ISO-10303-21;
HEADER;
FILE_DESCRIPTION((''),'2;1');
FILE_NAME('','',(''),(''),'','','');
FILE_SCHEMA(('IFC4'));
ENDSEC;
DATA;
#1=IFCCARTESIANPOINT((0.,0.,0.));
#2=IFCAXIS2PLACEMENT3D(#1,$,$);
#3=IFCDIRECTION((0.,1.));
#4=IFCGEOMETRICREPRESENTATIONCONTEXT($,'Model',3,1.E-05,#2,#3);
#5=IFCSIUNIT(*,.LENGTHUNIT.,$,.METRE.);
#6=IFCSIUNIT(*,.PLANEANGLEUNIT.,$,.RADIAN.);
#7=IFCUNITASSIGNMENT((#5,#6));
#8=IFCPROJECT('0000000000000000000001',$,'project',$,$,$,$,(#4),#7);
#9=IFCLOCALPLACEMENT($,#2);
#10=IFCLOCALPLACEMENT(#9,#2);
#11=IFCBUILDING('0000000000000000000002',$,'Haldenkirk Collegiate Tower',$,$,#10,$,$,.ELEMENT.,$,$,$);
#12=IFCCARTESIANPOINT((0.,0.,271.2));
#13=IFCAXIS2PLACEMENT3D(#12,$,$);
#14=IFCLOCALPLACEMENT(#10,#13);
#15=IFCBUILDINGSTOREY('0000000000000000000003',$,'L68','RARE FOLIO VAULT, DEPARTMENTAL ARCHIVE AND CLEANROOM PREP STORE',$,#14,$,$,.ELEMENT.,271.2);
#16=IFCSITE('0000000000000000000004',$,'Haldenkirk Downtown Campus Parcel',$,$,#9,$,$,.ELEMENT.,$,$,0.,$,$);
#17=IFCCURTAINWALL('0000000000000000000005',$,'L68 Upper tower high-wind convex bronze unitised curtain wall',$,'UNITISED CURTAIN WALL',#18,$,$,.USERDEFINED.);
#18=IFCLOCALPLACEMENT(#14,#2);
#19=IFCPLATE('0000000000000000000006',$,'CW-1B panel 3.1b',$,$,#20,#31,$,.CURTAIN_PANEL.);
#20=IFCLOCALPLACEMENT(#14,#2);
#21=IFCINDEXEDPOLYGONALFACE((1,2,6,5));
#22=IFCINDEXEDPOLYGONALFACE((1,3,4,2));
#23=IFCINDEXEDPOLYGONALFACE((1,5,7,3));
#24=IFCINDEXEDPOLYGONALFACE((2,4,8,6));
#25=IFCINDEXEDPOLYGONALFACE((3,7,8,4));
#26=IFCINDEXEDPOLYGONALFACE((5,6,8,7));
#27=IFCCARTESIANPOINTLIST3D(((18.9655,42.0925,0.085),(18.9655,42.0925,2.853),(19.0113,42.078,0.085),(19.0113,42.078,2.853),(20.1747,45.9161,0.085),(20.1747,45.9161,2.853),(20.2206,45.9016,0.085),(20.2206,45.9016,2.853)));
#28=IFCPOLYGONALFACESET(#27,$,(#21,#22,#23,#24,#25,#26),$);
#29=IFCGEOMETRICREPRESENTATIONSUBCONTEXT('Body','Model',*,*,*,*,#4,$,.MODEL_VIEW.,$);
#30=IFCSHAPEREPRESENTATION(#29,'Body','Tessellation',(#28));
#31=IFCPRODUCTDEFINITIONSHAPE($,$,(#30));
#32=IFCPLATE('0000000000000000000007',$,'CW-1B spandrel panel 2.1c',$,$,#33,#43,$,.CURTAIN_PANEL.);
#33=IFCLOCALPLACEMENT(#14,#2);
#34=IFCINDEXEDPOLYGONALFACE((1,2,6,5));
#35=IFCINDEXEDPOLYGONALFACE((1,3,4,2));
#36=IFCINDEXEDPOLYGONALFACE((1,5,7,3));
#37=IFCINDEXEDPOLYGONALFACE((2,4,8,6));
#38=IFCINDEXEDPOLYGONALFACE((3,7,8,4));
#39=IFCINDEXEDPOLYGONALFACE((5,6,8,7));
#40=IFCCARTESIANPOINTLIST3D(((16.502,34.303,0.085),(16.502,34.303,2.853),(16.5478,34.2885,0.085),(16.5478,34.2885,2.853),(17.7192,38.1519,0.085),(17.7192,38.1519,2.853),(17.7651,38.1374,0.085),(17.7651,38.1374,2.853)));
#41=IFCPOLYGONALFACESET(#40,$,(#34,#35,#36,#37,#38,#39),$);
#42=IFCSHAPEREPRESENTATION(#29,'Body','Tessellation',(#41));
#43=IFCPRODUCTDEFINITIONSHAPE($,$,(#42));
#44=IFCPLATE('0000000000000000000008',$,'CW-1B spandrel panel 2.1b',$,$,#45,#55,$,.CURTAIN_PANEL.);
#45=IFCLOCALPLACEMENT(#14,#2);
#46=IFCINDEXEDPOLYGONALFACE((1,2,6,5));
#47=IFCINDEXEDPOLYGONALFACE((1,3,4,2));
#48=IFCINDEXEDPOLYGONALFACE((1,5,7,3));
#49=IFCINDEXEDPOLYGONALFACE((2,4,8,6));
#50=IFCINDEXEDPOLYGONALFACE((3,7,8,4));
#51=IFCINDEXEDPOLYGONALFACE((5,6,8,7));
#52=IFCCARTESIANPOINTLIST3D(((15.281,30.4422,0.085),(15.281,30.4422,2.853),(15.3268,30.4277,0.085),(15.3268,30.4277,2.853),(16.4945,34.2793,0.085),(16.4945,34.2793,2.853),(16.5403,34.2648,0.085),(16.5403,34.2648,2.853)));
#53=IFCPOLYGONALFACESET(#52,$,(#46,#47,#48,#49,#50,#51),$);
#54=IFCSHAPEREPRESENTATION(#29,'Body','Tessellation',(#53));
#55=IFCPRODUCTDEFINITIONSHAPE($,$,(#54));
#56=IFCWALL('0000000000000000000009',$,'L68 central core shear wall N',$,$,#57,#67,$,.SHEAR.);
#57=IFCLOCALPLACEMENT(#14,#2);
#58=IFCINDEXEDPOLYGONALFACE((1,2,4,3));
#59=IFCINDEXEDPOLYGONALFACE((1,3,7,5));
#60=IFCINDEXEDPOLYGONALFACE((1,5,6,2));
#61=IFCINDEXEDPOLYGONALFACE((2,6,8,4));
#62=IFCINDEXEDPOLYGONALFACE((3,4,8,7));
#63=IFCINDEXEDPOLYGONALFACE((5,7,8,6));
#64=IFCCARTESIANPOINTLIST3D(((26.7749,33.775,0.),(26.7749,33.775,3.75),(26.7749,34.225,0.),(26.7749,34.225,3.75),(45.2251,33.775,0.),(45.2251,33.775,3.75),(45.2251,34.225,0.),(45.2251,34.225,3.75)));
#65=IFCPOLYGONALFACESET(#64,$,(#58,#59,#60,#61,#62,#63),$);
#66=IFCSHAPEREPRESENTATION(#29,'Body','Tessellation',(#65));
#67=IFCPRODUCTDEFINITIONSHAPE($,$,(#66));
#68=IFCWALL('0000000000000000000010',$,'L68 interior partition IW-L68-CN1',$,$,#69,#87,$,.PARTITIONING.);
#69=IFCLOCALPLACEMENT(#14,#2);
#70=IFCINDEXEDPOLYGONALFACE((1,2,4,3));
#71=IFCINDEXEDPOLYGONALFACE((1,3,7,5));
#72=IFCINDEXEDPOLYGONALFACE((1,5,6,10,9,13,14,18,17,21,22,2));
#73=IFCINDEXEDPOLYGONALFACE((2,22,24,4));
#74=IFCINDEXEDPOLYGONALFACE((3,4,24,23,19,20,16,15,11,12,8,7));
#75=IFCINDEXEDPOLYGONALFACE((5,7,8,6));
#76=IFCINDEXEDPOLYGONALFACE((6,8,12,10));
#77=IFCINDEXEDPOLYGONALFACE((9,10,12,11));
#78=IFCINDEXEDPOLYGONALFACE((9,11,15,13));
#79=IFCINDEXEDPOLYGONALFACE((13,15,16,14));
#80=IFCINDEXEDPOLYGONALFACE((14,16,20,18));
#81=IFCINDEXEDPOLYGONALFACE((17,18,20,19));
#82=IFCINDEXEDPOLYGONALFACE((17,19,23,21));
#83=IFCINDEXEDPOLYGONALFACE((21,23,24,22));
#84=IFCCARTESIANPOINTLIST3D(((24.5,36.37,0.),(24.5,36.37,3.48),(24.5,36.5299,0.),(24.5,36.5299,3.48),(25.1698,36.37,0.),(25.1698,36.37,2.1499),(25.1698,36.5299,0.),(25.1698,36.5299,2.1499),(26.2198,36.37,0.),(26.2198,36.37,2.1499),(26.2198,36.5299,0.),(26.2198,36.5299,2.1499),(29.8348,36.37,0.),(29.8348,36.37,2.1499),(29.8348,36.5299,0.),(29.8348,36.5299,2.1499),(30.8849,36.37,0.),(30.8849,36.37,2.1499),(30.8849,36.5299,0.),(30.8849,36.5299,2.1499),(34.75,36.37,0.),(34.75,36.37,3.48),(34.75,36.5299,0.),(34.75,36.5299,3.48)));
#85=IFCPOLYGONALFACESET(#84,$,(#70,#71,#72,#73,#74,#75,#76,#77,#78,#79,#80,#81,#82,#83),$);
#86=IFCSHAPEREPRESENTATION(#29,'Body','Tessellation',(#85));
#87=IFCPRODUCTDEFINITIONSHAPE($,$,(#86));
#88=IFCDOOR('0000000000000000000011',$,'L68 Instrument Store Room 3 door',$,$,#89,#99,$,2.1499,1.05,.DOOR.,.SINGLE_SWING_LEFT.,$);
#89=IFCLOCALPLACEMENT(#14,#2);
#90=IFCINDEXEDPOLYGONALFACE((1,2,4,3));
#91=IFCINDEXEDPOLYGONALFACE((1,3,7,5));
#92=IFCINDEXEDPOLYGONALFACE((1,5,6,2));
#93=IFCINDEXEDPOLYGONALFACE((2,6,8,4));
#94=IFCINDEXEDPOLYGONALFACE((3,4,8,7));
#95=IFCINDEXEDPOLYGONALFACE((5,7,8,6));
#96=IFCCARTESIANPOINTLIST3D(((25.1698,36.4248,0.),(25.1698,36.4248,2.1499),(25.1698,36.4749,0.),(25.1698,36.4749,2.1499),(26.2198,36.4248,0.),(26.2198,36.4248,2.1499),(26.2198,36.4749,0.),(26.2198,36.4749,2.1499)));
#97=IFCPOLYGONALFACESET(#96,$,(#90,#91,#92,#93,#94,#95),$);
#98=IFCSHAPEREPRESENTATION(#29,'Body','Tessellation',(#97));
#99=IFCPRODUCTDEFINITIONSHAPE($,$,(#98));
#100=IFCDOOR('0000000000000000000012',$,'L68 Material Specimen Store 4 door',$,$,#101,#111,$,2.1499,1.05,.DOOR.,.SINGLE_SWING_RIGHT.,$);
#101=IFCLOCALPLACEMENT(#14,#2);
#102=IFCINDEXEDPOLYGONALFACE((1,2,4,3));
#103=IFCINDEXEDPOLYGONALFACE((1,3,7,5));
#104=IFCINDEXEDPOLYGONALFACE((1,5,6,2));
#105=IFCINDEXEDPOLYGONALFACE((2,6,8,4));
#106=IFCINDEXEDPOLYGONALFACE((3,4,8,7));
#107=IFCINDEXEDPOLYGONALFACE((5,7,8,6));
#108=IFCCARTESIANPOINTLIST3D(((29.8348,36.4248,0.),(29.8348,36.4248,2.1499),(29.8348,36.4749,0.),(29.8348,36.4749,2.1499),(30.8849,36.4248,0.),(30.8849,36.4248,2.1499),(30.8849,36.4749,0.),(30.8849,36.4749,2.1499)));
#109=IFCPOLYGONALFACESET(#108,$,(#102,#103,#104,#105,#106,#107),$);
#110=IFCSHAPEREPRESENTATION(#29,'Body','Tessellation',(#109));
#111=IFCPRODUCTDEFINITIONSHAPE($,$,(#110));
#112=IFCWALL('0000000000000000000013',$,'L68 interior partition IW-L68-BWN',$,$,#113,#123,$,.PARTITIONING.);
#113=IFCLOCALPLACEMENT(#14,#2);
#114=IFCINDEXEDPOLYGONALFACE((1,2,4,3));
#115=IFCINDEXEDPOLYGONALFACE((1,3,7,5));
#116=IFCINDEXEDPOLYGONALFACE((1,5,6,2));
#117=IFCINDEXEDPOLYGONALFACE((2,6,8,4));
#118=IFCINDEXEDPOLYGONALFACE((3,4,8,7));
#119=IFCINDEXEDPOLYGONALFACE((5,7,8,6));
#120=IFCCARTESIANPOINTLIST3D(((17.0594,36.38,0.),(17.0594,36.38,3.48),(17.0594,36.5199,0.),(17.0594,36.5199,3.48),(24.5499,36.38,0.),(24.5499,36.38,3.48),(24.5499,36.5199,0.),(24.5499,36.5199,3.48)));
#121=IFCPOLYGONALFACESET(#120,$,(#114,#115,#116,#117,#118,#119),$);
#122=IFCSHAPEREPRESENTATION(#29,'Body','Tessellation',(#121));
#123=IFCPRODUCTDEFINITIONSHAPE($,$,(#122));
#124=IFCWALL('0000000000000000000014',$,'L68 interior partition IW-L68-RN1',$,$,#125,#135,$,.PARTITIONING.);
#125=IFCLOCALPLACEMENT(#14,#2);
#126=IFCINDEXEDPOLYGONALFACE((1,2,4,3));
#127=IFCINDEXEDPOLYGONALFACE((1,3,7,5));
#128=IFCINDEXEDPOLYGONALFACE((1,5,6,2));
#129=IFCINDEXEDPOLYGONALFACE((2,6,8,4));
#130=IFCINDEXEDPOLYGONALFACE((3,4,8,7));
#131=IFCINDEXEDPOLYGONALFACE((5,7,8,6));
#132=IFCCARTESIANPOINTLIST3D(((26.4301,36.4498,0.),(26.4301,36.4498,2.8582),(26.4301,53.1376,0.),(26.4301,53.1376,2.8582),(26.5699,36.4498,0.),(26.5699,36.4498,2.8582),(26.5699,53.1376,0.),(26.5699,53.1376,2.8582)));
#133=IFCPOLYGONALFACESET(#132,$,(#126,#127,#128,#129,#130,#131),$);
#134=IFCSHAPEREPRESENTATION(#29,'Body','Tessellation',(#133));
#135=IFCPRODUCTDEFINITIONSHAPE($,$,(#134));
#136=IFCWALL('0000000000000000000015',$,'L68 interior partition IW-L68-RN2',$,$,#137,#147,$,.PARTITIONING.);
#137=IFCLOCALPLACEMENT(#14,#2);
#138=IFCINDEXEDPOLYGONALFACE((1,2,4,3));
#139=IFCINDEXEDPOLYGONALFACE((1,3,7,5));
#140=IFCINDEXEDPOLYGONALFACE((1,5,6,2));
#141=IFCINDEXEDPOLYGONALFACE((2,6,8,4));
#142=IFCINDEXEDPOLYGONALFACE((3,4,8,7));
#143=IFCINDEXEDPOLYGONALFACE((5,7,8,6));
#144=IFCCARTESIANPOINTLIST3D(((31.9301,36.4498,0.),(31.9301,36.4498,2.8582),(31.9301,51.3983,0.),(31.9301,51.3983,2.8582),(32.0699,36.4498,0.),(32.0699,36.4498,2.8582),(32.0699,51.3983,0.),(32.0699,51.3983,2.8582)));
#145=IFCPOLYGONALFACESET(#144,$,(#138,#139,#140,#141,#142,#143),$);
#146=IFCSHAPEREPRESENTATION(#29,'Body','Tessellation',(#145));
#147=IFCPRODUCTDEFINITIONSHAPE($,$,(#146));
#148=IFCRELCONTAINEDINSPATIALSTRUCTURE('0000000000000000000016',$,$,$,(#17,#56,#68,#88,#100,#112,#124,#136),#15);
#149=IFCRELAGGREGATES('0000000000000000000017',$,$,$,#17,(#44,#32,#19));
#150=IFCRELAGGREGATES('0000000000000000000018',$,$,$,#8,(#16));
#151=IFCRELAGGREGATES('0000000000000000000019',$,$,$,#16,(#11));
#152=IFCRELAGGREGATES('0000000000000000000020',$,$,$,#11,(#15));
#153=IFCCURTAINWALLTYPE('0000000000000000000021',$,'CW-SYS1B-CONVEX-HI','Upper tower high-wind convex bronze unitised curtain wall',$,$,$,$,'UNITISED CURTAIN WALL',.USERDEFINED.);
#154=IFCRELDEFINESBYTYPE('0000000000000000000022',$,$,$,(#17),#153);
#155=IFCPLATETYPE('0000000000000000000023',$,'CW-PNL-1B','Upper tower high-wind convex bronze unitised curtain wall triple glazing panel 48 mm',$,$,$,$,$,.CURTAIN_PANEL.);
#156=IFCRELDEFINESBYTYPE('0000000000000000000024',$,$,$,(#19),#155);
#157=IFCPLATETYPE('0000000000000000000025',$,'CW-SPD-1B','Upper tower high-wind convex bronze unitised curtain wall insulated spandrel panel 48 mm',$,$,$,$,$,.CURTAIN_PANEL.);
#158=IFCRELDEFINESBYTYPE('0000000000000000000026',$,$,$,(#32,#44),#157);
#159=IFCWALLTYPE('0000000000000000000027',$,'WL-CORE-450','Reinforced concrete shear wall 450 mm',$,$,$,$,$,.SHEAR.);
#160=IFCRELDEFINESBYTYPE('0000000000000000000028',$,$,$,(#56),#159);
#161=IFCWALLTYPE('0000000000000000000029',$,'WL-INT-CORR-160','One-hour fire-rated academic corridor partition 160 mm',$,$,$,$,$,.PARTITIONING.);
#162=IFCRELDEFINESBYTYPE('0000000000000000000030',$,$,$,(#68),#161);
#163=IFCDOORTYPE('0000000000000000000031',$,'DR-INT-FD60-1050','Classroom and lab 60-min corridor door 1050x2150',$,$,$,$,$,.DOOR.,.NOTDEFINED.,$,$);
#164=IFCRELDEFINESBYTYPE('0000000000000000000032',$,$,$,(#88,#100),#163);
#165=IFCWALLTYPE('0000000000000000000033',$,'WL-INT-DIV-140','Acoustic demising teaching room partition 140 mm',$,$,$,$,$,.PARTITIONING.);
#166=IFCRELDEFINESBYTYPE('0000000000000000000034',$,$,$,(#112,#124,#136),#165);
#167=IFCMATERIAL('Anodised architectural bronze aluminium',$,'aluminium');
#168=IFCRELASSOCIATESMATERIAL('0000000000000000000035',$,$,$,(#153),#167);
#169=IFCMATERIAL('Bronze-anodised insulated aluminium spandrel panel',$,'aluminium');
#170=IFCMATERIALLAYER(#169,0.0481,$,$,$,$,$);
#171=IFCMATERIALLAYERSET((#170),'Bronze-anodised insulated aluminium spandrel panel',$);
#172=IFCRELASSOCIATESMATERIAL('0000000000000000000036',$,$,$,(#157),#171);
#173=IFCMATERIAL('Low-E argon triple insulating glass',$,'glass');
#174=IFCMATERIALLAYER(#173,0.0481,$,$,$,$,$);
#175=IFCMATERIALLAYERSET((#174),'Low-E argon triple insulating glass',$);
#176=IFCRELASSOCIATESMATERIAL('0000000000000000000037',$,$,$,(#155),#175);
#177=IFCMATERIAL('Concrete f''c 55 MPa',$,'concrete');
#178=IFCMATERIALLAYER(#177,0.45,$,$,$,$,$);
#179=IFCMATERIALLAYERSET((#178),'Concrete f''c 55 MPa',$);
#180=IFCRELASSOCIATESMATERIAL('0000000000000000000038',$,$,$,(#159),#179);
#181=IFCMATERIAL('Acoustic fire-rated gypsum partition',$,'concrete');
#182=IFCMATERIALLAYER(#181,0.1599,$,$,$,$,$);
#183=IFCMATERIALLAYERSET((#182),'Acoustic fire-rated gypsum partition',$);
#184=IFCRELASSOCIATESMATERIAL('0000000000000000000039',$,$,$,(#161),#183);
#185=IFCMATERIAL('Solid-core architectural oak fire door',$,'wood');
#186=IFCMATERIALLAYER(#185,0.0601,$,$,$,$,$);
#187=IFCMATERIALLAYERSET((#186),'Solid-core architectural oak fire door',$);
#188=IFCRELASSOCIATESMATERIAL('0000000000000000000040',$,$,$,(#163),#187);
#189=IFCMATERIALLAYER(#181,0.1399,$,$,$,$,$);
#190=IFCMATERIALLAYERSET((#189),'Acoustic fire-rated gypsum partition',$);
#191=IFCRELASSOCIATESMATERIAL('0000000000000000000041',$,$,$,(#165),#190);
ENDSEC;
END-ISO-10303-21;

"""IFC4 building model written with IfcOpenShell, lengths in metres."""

from ifc_helpers import new_model, si_unit, direction, frame, frame_2d, origin, origin_2d, place, context, subcontext, project, spatial, rectangle, extrude, source, transform, mapped, material, layer, layer_set, type_object, element, fill, aggregate, save


model = new_model("IFC4")

# Units and contexts
model_context = context("Model", 3, precision=1e-05, world=origin(), true_north=direction((0.0, 1.0)))
body_context = subcontext(model_context, "Body", "Model", "MODEL_VIEW")
ifc_project = project(units=[si_unit("LENGTHUNIT", "METRE"), si_unit("PLANEANGLEUNIT", "RADIAN")], contexts=[model_context])

# Site, building, storey
site_placement = place(None, origin())
site = spatial("IfcSite", under=ifc_project, at=site_placement, Name="Haldenkirk Downtown Campus Parcel", CompositionType="ELEMENT", RefElevation=0.0)
building_placement = place(site_placement, origin())
building = spatial("IfcBuilding", under=site, at=building_placement, Name="Haldenkirk Collegiate Tower", CompositionType="ELEMENT")
storey_placement = place(building_placement, frame((0.0, 0.0, 271.2)))
storey = spatial("IfcBuildingStorey", under=building, at=storey_placement, Name="L68", Description="RARE FOLIO VAULT, DEPARTMENTAL ARCHIVE AND CLEANROOM PREP STORE", CompositionType="ELEMENT", Elevation=271.2)

# Curtain wall, plates
ifc_material_1 = material(Name="Anodised architectural bronze aluminium", Category="aluminium")
curtain_wall_type = type_object("IfcCurtainWallType", Name="CW-SYS1B-CONVEX-HI", Description="Upper tower high-wind convex bronze unitised curtain wall", ElementType="UNITISED CURTAIN WALL", PredefinedType="USERDEFINED", material=ifc_material_1)
curtain_wall_placement = place(storey_placement, origin())
curtain_wall = element("IfcCurtainWall", 1, at=curtain_wall_placement, inside=storey, type_object=curtain_wall_type, Name="L68 Upper tower high-wind convex bronze unitised curtain wall", ObjectType="UNITISED CURTAIN WALL", PredefinedType="USERDEFINED")
ifc_material_2 = material(Name="Bronze-anodised insulated aluminium spandrel panel", Category="aluminium")
ifc_layer_1 = layer(ifc_material_2, 0.0481)
ifc_layer_set_1 = layer_set([ifc_layer_1], Name="Bronze-anodised insulated aluminium spandrel panel")
plate_type_1 = type_object("IfcPlateType", Name="CW-SPD-1B", Description="Upper tower high-wind convex bronze unitised curtain wall insulated spandrel panel 48 mm", PredefinedType="CURTAIN_PANEL", material=ifc_layer_set_1)
ifc_material_3 = material(Name="Low-E argon triple insulating glass", Category="glass")
ifc_layer_2 = layer(ifc_material_3, 0.0481)
ifc_layer_set_2 = layer_set([ifc_layer_2], Name="Low-E argon triple insulating glass")
plate_type_2 = type_object("IfcPlateType", Name="CW-PNL-1B", Description="Upper tower high-wind convex bronze unitised curtain wall triple glazing panel 48 mm", PredefinedType="CURTAIN_PANEL", material=ifc_layer_set_2)
shared_shape_1 = source(origin(), body_context, "Body", "SweptSolid", [
    extrude(rectangle(XDim=4.0103, YDim=0.0481, at=origin_2d()), origin(), (0.0, 0.0, 1.0), 2.7681),
])
plate_1_placement = place(storey_placement, frame((19.593, 43.9971, 0.085), z_axis=(0.0, 0.0, 1.0), x_axis=(0.301537, 0.953455, 0.0)))
plate_1 = element("IfcPlate", 2, at=plate_1_placement, type_object=plate_type_2, Name="CW-1B panel 3.1b", PredefinedType="CURTAIN_PANEL", context=body_context, shape_type="MappedRepresentation", body=[
    mapped(shared_shape_1, transform((0.0, 0.0, 0.0), x_axis=(1.0, 0.0, 0.0), y_axis=(0.0, 1.0, 0.0), z_axis=(0.0, 0.0, 1.0), scale=1.0)),
])
shared_shape_2 = source(origin(), body_context, "Body", "SweptSolid", [
    extrude(rectangle(XDim=4.0369, YDim=0.0481, at=origin_2d()), origin(), (0.0, 0.0, 1.0), 2.7681),
])
plate_2_placement = place(storey_placement, frame((17.1335, 36.2202, 0.085), z_axis=(0.0, 0.0, 1.0), x_axis=(0.301537, 0.953455, 0.0)))
plate_2 = element("IfcPlate", 3, at=plate_2_placement, type_object=plate_type_1, Name="CW-1B spandrel panel 2.1c", PredefinedType="CURTAIN_PANEL", context=body_context, shape_type="MappedRepresentation", body=[
    mapped(shared_shape_2, transform((0.0, 0.0, 0.0), x_axis=(1.0, 0.0, 0.0), y_axis=(0.0, 1.0, 0.0), z_axis=(0.0, 0.0, 1.0), scale=1.0)),
])
shared_shape_3 = source(origin(), body_context, "Body", "SweptSolid", [
    extrude(rectangle(XDim=4.0244, YDim=0.0481, at=origin_2d()), origin(), (0.0, 0.0, 1.0), 2.7681),
])
plate_3_placement = place(storey_placement, frame((15.9106, 32.3535, 0.085), z_axis=(0.0, 0.0, 1.0), x_axis=(0.301537, 0.953455, 0.0)))
plate_3 = element("IfcPlate", 4, at=plate_3_placement, type_object=plate_type_1, Name="CW-1B spandrel panel 2.1b", PredefinedType="CURTAIN_PANEL", context=body_context, shape_type="MappedRepresentation", body=[
    mapped(shared_shape_3, transform((0.0, 0.0, 0.0), x_axis=(1.0, 0.0, 0.0), y_axis=(0.0, 1.0, 0.0), z_axis=(0.0, 0.0, 1.0), scale=1.0)),
])
aggregate(curtain_wall, [plate_3, plate_2, plate_1])

# Wall
ifc_material_4 = material(Name="Concrete f'c 55 MPa", Category="concrete")
ifc_layer_3 = layer(ifc_material_4, 0.45)
ifc_layer_set_3 = layer_set([ifc_layer_3], Name="Concrete f'c 55 MPa")
wall_type_1 = type_object("IfcWallType", Name="WL-CORE-450", Description="Reinforced concrete shear wall 450 mm", PredefinedType="SHEAR", material=ifc_layer_set_3)
wall_1_placement = place(storey_placement, frame((26.7749, 34.0, 0.0), z_axis=(0.0, 0.0, 1.0), x_axis=(1.0, 0.0, 0.0)))
element("IfcWall", 5, at=wall_1_placement, inside=storey, type_object=wall_type_1, Name="L68 central core shear wall N", PredefinedType="SHEAR", context=body_context, shape_type="SweptSolid", body=[
    extrude(rectangle(XDim=18.4502, YDim=0.45, at=frame_2d((9.2251, 0.0))), origin(), (0.0, 0.0, 1.0), 3.75),
])

# Wall, openings, doors
ifc_material_5 = material(Name="Acoustic fire-rated gypsum partition", Category="concrete")
ifc_layer_4 = layer(ifc_material_5, 0.1599)
ifc_layer_set_4 = layer_set([ifc_layer_4], Name="Acoustic fire-rated gypsum partition")
wall_type_2 = type_object("IfcWallType", Name="WL-INT-CORR-160", Description="One-hour fire-rated academic corridor partition 160 mm", PredefinedType="PARTITIONING", material=ifc_layer_set_4)
wall_2_placement = place(storey_placement, frame((24.5, 36.45, 0.0), z_axis=(0.0, 0.0, 1.0), x_axis=(1.0, 0.0, 0.0)))
wall_2 = element("IfcWall", 6, at=wall_2_placement, inside=storey, type_object=wall_type_2, Name="L68 interior partition IW-L68-CN1", PredefinedType="PARTITIONING", context=body_context, shape_type="SweptSolid", body=[
    extrude(rectangle(XDim=10.25, YDim=0.1599, at=frame_2d((5.125, 0.0))), origin(), (0.0, 0.0, 1.0), 3.48),
])
opening_1_placement = place(wall_2_placement, frame((0.6699, 0.0, 0.0)))
opening_1 = element("IfcOpeningElement", 7, at=opening_1_placement, cuts=wall_2, PredefinedType="OPENING", context=body_context, shape_type="SweptSolid", body=[
    extrude(rectangle(XDim=1.05, YDim=2.1499, at=frame_2d((0.5249, 1.075))), frame((0.0, 0.0898, 0.0), z_axis=(0.0, -1.0, 0.0), x_axis=(1.0, 0.0, 0.0)), (0.0, 0.0, 1.0), 0.1799),
])
opening_2_placement = place(wall_2_placement, frame((5.335, 0.0, 0.0)))
opening_2 = element("IfcOpeningElement", 8, at=opening_2_placement, cuts=wall_2, PredefinedType="OPENING", context=body_context, shape_type="SweptSolid", body=[
    extrude(rectangle(XDim=1.05, YDim=2.1499, at=frame_2d((0.5249, 1.075))), frame((0.0, 0.0898, 0.0), z_axis=(0.0, -1.0, 0.0), x_axis=(1.0, 0.0, 0.0)), (0.0, 0.0, 1.0), 0.1799),
])
ifc_material_6 = material(Name="Solid-core architectural oak fire door", Category="wood")
ifc_layer_5 = layer(ifc_material_6, 0.0601)
ifc_layer_set_5 = layer_set([ifc_layer_5], Name="Solid-core architectural oak fire door")
door_type = type_object("IfcDoorType", Name="DR-INT-FD60-1050", Description="Classroom and lab 60-min corridor door 1050x2150", OperationType="NOTDEFINED", PredefinedType="DOOR", material=ifc_layer_set_5)
door_1_placement = place(opening_1_placement, origin())
door_1 = element("IfcDoor", 9, at=door_1_placement, inside=storey, type_object=door_type, Name="L68 Instrument Store Room 3 door", OperationType="SINGLE_SWING_LEFT", OverallHeight=2.1499, OverallWidth=1.05, PredefinedType="DOOR", context=body_context, shape_type="SweptSolid", body=[
    extrude(rectangle(XDim=1.05, YDim=2.1499, at=frame_2d((0.5249, 1.075))), frame((0.0, 0.0249, 0.0), z_axis=(0.0, -1.0, 0.0), x_axis=(1.0, 0.0, 0.0)), (0.0, 0.0, 1.0), 0.05),
])
fill(opening_1, door_1)
door_2_placement = place(opening_2_placement, origin())
door_2 = element("IfcDoor", 10, at=door_2_placement, inside=storey, type_object=door_type, Name="L68 Material Specimen Store 4 door", OperationType="SINGLE_SWING_RIGHT", OverallHeight=2.1499, OverallWidth=1.05, PredefinedType="DOOR", context=body_context, shape_type="SweptSolid", body=[
    extrude(rectangle(XDim=1.05, YDim=2.1499, at=frame_2d((0.5249, 1.075))), frame((0.0, 0.0249, 0.0), z_axis=(0.0, -1.0, 0.0), x_axis=(1.0, 0.0, 0.0)), (0.0, 0.0, 1.0), 0.05),
])
fill(opening_2, door_2)

# Walls
ifc_layer_6 = layer(ifc_material_5, 0.1399)
ifc_layer_set_6 = layer_set([ifc_layer_6], Name="Acoustic fire-rated gypsum partition")
wall_type_3 = type_object("IfcWallType", Name="WL-INT-DIV-140", Description="Acoustic demising teaching room partition 140 mm", PredefinedType="PARTITIONING", material=ifc_layer_set_6)
wall_3_placement = place(storey_placement, frame((17.0596, 36.45, 0.0), z_axis=(0.0, 0.0, 1.0), x_axis=(1.0, 0.0, 0.0)))
element("IfcWall", 11, at=wall_3_placement, inside=storey, type_object=wall_type_3, Name="L68 interior partition IW-L68-BWN", PredefinedType="PARTITIONING", context=body_context, shape_type="SweptSolid", body=[
    extrude(rectangle(XDim=7.4905, YDim=0.1399, at=frame_2d((3.7451, 0.0))), origin(), (0.0, 0.0, 1.0), 3.48),
])
wall_4_placement = place(storey_placement, frame((26.5, 36.45, 0.0), z_axis=(0.0, 0.0, 1.0), x_axis=(0.0, 1.0, 0.0)))
element("IfcWall", 12, at=wall_4_placement, inside=storey, type_object=wall_type_3, Name="L68 interior partition IW-L68-RN1", PredefinedType="PARTITIONING", context=body_context, shape_type="SweptSolid", body=[
    extrude(rectangle(XDim=16.6877, YDim=0.1399, at=frame_2d((8.3438, 0.0))), origin(), (0.0, 0.0, 1.0), 2.8582),
])
wall_5_placement = place(storey_placement, frame((32.0, 36.45, 0.0), z_axis=(0.0, 0.0, 1.0), x_axis=(0.0, 1.0, 0.0)))
element("IfcWall", 13, at=wall_5_placement, inside=storey, type_object=wall_type_3, Name="L68 interior partition IW-L68-RN2", PredefinedType="PARTITIONING", context=body_context, shape_type="SweptSolid", body=[
    extrude(rectangle(XDim=14.9485, YDim=0.1399, at=frame_2d((7.4741, 0.0))), origin(), (0.0, 0.0, 1.0), 2.8582),
])

save(model, "model.ifc")
